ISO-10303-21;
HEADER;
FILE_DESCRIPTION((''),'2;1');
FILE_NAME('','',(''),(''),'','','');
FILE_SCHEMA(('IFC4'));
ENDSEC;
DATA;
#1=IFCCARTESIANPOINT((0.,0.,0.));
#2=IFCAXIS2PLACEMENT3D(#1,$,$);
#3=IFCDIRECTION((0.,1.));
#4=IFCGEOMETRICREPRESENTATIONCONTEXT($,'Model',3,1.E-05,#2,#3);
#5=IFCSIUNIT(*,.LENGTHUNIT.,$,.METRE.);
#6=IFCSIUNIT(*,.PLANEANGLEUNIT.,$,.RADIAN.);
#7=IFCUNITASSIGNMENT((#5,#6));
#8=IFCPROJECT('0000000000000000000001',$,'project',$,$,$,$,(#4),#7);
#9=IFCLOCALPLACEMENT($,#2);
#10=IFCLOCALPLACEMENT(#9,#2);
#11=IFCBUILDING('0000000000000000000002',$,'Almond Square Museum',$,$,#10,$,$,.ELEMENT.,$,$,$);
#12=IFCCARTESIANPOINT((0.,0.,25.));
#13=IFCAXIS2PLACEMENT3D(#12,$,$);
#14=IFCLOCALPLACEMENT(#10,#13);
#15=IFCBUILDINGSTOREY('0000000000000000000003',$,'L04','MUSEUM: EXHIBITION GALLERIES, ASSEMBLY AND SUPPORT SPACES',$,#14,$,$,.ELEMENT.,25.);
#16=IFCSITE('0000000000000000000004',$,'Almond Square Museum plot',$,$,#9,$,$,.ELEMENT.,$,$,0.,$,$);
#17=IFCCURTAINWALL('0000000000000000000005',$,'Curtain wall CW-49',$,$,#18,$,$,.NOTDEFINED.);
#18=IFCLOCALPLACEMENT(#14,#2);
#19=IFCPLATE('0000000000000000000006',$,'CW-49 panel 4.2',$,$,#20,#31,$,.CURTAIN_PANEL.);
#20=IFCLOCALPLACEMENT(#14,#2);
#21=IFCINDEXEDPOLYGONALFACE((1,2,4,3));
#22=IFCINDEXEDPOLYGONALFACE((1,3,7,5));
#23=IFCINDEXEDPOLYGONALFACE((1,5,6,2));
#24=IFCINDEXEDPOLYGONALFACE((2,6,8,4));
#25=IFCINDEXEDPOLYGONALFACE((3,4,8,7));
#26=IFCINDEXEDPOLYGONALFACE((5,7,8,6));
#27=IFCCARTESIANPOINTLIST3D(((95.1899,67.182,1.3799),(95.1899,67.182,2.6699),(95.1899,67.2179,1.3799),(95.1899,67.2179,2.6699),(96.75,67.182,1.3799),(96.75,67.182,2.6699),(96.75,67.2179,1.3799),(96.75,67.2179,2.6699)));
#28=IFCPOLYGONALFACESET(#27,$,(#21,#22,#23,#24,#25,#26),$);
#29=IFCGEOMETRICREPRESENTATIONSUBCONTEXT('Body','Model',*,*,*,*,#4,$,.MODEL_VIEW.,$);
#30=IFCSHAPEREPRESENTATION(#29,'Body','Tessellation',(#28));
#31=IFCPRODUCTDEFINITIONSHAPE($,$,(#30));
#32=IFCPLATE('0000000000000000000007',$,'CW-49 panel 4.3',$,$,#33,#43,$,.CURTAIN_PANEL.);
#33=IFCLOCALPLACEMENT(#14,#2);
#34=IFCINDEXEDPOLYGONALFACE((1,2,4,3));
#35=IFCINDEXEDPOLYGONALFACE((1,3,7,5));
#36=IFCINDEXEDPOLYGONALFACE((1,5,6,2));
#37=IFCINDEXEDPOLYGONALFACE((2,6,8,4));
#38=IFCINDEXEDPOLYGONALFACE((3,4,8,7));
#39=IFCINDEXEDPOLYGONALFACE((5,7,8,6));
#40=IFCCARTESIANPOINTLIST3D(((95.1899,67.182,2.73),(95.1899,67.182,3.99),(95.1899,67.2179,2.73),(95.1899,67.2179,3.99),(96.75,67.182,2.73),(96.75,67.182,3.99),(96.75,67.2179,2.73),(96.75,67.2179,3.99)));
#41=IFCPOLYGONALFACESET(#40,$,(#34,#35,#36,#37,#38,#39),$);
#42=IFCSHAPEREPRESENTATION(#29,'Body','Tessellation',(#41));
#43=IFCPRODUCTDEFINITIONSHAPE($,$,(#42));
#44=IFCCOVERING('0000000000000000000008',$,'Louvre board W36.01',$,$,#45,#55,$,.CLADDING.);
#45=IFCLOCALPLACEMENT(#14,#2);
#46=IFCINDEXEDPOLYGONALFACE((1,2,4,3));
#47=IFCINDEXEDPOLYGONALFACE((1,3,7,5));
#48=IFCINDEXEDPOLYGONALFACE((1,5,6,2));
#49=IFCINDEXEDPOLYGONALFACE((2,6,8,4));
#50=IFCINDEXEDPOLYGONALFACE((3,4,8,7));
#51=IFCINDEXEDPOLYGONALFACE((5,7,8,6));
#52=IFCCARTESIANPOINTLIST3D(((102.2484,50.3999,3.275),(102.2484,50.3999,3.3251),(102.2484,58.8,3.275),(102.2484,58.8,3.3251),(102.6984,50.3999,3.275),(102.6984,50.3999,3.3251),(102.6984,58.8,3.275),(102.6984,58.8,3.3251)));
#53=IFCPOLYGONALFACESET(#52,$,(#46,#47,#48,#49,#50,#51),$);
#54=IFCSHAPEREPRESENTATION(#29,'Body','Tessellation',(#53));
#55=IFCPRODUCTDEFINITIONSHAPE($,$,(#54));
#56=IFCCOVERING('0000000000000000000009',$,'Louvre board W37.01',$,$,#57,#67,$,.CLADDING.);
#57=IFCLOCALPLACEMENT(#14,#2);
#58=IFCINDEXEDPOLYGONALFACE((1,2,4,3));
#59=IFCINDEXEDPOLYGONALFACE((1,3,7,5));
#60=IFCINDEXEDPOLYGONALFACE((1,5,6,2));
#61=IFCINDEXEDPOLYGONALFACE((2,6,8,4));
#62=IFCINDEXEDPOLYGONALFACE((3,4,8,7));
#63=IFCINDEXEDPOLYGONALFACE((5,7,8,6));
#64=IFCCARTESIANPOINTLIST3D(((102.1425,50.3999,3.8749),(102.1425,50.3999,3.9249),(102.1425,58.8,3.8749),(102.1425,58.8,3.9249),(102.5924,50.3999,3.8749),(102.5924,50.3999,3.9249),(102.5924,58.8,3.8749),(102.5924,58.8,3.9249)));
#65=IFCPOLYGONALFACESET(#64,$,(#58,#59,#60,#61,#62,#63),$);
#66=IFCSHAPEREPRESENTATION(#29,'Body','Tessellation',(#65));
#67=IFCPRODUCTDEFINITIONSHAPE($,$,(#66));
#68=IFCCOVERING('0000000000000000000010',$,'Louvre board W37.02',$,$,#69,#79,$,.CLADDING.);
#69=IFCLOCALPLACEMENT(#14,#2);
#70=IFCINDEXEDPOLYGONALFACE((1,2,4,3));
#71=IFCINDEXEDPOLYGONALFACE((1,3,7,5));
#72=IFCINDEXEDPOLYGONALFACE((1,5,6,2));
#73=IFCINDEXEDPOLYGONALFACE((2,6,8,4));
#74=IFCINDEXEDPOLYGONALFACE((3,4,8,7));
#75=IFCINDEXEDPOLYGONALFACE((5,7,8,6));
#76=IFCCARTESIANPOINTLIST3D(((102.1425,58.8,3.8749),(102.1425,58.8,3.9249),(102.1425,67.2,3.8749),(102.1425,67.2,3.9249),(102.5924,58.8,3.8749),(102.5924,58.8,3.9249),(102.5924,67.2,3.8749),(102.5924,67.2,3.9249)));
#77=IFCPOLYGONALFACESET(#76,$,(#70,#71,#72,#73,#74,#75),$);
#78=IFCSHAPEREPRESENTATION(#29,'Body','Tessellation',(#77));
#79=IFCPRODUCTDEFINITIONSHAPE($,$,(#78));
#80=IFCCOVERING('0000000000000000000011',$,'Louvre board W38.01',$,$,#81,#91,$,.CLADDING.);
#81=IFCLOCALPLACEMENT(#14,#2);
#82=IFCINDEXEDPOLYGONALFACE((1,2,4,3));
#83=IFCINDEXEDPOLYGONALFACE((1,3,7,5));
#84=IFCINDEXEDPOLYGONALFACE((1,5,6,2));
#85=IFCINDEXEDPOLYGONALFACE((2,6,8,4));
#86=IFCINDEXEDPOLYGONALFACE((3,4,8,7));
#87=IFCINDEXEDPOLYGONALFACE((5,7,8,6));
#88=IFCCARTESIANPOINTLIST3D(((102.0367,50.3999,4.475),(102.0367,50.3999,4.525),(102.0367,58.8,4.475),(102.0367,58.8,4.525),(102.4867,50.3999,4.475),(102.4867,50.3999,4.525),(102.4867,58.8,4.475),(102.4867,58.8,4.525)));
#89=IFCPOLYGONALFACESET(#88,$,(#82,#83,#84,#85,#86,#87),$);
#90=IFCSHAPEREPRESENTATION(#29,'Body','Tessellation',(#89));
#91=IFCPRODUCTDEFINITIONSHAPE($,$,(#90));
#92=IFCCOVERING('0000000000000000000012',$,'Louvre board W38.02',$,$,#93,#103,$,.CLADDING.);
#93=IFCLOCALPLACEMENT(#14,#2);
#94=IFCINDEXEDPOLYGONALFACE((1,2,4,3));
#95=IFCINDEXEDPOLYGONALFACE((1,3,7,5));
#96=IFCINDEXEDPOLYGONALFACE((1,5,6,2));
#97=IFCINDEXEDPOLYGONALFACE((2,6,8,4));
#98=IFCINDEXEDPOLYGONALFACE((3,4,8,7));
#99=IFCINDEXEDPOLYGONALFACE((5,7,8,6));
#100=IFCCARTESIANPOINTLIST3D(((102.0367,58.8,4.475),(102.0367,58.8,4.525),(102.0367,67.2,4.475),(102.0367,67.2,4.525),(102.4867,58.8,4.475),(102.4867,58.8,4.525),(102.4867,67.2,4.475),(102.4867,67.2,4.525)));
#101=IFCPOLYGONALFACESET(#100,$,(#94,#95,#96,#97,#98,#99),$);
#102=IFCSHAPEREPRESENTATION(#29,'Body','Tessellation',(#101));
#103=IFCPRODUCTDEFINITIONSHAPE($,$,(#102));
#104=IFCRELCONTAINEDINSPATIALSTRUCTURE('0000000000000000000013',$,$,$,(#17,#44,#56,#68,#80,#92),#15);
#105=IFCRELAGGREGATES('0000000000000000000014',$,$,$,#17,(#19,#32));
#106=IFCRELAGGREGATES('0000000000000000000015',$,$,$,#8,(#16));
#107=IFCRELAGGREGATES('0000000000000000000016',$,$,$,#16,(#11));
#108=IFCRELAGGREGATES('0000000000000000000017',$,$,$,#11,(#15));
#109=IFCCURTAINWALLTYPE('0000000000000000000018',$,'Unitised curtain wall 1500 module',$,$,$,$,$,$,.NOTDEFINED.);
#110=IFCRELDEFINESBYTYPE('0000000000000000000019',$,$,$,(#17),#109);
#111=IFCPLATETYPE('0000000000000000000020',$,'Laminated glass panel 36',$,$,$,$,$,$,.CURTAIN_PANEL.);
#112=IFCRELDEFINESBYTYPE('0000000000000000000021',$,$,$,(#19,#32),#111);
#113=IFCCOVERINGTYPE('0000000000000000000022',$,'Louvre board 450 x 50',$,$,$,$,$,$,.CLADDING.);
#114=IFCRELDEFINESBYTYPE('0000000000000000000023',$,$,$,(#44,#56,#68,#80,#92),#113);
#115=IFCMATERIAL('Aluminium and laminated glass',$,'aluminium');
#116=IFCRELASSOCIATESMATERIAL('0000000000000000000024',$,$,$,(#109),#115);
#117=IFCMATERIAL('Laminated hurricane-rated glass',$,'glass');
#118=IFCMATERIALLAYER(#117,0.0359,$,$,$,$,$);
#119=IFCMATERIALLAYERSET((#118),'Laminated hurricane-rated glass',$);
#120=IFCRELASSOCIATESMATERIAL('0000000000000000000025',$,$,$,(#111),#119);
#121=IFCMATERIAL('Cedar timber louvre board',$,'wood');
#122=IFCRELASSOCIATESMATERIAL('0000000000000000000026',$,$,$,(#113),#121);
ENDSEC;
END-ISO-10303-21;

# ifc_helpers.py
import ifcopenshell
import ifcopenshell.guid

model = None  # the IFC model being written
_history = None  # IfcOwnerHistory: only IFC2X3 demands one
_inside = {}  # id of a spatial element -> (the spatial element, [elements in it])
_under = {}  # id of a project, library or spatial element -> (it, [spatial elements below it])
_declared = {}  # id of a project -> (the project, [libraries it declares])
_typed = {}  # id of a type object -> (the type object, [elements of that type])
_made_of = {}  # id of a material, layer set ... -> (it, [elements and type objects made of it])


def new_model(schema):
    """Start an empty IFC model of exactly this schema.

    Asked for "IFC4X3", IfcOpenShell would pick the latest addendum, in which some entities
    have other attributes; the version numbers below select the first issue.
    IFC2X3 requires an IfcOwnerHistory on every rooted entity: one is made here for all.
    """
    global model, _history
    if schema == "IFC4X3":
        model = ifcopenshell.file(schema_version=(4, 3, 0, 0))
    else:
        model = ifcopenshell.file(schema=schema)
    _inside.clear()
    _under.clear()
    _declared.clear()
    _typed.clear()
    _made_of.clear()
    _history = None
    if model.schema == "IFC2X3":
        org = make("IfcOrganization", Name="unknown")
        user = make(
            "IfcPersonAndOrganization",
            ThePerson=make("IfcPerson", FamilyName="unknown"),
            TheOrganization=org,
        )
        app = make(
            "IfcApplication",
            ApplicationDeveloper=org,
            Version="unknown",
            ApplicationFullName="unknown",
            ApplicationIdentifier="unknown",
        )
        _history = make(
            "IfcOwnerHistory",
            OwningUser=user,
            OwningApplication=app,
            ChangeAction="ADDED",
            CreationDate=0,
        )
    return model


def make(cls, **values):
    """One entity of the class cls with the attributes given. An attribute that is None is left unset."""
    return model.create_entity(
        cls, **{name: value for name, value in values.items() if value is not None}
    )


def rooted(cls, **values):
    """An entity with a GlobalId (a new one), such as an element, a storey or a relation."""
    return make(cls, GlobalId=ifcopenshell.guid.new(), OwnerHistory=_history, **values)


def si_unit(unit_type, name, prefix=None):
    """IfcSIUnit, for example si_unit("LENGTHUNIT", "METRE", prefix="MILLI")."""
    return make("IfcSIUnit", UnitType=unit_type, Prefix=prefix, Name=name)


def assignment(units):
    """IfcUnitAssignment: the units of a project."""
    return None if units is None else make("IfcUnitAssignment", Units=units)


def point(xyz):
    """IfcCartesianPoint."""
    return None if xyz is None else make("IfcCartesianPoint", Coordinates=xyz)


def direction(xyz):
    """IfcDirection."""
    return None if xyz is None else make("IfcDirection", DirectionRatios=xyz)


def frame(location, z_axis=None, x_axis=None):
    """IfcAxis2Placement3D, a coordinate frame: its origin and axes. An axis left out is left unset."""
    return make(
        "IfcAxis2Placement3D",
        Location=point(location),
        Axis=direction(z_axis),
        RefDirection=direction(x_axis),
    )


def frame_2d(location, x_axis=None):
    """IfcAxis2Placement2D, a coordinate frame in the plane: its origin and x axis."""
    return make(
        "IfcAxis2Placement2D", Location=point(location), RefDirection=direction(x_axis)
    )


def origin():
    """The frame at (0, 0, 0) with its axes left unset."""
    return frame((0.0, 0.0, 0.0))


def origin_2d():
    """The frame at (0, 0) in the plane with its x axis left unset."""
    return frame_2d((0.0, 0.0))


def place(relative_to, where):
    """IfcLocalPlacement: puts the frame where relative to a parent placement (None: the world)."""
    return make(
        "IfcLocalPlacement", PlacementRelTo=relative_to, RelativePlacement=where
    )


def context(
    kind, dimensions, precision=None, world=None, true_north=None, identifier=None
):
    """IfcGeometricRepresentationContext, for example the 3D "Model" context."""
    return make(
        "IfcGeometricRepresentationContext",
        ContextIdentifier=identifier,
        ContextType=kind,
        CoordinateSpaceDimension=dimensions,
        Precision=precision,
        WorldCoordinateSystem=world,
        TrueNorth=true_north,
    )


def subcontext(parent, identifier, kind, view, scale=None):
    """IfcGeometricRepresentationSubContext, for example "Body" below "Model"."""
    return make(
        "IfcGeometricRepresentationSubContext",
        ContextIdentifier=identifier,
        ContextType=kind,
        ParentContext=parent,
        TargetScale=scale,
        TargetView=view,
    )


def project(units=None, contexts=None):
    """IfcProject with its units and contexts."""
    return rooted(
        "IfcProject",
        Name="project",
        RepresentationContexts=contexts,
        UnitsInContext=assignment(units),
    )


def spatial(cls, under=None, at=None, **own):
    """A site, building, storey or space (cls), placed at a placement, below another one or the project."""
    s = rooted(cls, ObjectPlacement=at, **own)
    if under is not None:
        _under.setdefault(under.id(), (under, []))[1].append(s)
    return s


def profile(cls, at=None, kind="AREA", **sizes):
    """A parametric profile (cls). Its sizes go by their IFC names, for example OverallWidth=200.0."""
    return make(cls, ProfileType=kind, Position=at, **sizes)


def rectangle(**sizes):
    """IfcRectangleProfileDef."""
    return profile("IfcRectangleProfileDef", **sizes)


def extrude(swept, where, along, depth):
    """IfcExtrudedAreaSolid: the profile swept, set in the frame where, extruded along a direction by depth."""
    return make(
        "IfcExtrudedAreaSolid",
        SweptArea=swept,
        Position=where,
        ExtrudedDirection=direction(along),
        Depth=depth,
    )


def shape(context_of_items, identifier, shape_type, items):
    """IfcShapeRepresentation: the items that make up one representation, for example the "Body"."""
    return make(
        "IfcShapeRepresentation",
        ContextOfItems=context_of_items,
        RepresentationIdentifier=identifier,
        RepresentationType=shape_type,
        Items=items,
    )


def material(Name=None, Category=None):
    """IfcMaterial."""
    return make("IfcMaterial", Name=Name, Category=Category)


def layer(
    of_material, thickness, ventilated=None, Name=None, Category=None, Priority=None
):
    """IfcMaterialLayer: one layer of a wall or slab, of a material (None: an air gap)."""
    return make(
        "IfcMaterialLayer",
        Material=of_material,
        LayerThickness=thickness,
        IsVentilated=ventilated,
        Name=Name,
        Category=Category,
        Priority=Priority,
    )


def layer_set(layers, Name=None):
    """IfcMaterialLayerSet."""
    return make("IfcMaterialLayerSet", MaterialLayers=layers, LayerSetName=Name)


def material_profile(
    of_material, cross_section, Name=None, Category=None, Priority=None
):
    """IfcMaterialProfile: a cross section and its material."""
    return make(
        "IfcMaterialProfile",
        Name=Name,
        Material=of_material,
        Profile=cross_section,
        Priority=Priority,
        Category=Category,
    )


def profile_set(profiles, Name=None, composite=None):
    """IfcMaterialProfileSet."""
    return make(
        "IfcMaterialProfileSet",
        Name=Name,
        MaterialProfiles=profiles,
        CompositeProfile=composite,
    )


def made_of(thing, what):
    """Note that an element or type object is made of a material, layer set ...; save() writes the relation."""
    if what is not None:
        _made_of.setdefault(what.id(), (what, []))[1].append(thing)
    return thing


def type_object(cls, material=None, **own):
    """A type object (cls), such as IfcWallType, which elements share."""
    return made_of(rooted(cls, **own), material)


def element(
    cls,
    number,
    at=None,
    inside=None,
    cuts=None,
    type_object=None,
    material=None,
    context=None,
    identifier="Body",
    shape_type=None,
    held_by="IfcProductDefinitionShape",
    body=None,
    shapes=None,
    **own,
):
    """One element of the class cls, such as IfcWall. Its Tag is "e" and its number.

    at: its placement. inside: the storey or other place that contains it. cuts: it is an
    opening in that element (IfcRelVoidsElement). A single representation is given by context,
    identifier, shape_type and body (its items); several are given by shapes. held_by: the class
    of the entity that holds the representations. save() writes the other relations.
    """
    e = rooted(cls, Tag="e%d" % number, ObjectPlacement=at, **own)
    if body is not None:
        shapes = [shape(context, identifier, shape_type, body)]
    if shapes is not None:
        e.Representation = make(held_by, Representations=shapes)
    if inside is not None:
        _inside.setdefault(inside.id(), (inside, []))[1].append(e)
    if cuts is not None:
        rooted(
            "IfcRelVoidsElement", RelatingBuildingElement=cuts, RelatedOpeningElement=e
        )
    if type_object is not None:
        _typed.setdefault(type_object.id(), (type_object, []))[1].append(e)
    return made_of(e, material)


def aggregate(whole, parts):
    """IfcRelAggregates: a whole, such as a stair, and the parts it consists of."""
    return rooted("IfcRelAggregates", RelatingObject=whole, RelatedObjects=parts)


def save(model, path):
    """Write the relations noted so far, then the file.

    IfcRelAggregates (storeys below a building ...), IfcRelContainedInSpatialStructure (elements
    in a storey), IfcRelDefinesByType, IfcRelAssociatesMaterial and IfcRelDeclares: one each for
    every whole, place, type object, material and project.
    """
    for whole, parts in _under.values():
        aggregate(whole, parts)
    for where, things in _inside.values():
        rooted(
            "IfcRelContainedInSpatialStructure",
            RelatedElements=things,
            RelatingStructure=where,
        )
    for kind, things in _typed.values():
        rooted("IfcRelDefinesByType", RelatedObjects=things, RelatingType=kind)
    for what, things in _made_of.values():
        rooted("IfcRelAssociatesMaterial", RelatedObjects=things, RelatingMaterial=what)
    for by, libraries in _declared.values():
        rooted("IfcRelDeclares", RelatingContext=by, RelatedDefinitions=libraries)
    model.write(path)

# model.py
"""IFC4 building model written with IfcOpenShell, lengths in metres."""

from ifc_helpers import new_model, si_unit, direction, frame, origin, origin_2d, place, context, subcontext, project, spatial, rectangle, extrude, material, layer, layer_set, material_profile, profile_set, type_object, element, aggregate, save


model = new_model("IFC4")

# Units and contexts
model_context = context("Model", 3, precision=1e-05, world=origin(), true_north=direction((0.0, 1.0)))
body_context = subcontext(model_context, "Body", "Model", "MODEL_VIEW")
ifc_project = project(units=[si_unit("LENGTHUNIT", "METRE"), si_unit("PLANEANGLEUNIT", "RADIAN")], contexts=[model_context])

# Site, building, storey
site_placement = place(None, origin())
site = spatial("IfcSite", under=ifc_project, at=site_placement, Name="Almond Square Museum plot", CompositionType="ELEMENT", RefElevation=0.0)
building_placement = place(site_placement, origin())
building = spatial("IfcBuilding", under=site, at=building_placement, Name="Almond Square Museum", CompositionType="ELEMENT")
storey_placement = place(building_placement, frame((0.0, 0.0, 25.0)))
storey = spatial("IfcBuildingStorey", under=building, at=storey_placement, Name="L04", Description="MUSEUM: EXHIBITION GALLERIES, ASSEMBLY AND SUPPORT SPACES", CompositionType="ELEMENT", Elevation=25.0)

# Curtain wall, plates
ifc_material_1 = material(Name="Aluminium and laminated glass", Category="aluminium")
curtain_wall_type = type_object("IfcCurtainWallType", Name="Unitised curtain wall 1500 module", PredefinedType="NOTDEFINED", material=ifc_material_1)
curtain_wall_placement = place(storey_placement, origin())
curtain_wall = element("IfcCurtainWall", 1, at=curtain_wall_placement, inside=storey, type_object=curtain_wall_type, Name="Curtain wall CW-49", PredefinedType="NOTDEFINED")
ifc_material_2 = material(Name="Laminated hurricane-rated glass", Category="glass")
ifc_layer = layer(ifc_material_2, 0.0359)
ifc_layer_set = layer_set([ifc_layer], Name="Laminated hurricane-rated glass")
plate_type = type_object("IfcPlateType", Name="Laminated glass panel 36", PredefinedType="CURTAIN_PANEL", material=ifc_layer_set)
plate_1_placement = place(storey_placement, frame((95.97, 67.2, 1.3799), z_axis=(0.0, 0.0, 1.0), x_axis=(1.0, 0.0, 0.0)))
plate_1 = element("IfcPlate", 2, at=plate_1_placement, type_object=plate_type, Name="CW-49 panel 4.2", PredefinedType="CURTAIN_PANEL", context=body_context, shape_type="SweptSolid", body=[
    extrude(rectangle(XDim=1.5601, YDim=0.0359, at=origin_2d()), origin(), (0.0, 0.0, 1.0), 1.29),
])
plate_2_placement = place(storey_placement, frame((95.97, 67.2, 2.73), z_axis=(0.0, 0.0, 1.0), x_axis=(1.0, 0.0, 0.0)))
plate_2 = element("IfcPlate", 3, at=plate_2_placement, type_object=plate_type, Name="CW-49 panel 4.3", PredefinedType="CURTAIN_PANEL", context=body_context, shape_type="SweptSolid", body=[
    extrude(rectangle(XDim=1.5601, YDim=0.0359, at=origin_2d()), origin(), (0.0, 0.0, 1.0), 1.26),
])
aggregate(curtain_wall, [plate_1, plate_2])

# Coverings
ifc_material_3 = material(Name="Cedar timber louvre board", Category="wood")
ifc_material_profile_1 = material_profile(ifc_material_3, rectangle(XDim=0.45, YDim=0.05, at=origin_2d()))
ifc_profile_set_1 = profile_set([ifc_material_profile_1], Name="Cedar timber louvre board")
covering_type = type_object("IfcCoveringType", Name="Louvre board 450 x 50", PredefinedType="CLADDING", material=ifc_profile_set_1)
for number, where, z_axis, x_axis, name in (
    (4, (102.4734, 50.3999, 3.3), (0.0, 1.0, 0.0), (-1.0, 0.0, 0.0), "Louvre board W36.01"),
    (5, (102.3674, 50.3999, 3.8999), (0.0, 1.0, 0.0), (-1.0, 0.0, 0.0), "Louvre board W37.01"),
):
    element("IfcCovering", number, at=place(storey_placement, frame(where, z_axis=z_axis, x_axis=x_axis)), inside=storey, type_object=covering_type, Name=name, PredefinedType="CLADDING", context=body_context, shape_type="SweptSolid", body=[
        extrude(rectangle(XDim=0.45, YDim=0.05, at=origin_2d()), origin(), (0.0, 0.0, 1.0), 8.4001),
    ])
covering_1_placement = place(storey_placement, frame((102.3674, 58.8, 3.8999), z_axis=(0.0, 1.0, 0.0), x_axis=(-1.0, 0.0, 0.0)))
element("IfcCovering", 6, at=covering_1_placement, inside=storey, type_object=covering_type, Name="Louvre board W37.02", PredefinedType="CLADDING", context=body_context, shape_type="SweptSolid", body=[
    extrude(rectangle(XDim=0.45, YDim=0.05, at=origin_2d()), origin(), (0.0, 0.0, 1.0), 8.3999),
])
covering_2_placement = place(storey_placement, frame((102.2617, 50.3999, 4.5), z_axis=(0.0, 1.0, 0.0), x_axis=(-1.0, 0.0, 0.0)))
element("IfcCovering", 7, at=covering_2_placement, inside=storey, type_object=covering_type, Name="Louvre board W38.01", PredefinedType="CLADDING", context=body_context, shape_type="SweptSolid", body=[
    extrude(rectangle(XDim=0.45, YDim=0.05, at=origin_2d()), origin(), (0.0, 0.0, 1.0), 8.4001),
])
covering_3_placement = place(storey_placement, frame((102.2617, 58.8, 4.5), z_axis=(0.0, 1.0, 0.0), x_axis=(-1.0, 0.0, 0.0)))
element("IfcCovering", 8, at=covering_3_placement, inside=storey, type_object=covering_type, Name="Louvre board W38.02", PredefinedType="CLADDING", context=body_context, shape_type="SweptSolid", body=[
    extrude(rectangle(XDim=0.45, YDim=0.05, at=origin_2d()), origin(), (0.0, 0.0, 1.0), 8.3999),
])

save(model, "model.ifc")
